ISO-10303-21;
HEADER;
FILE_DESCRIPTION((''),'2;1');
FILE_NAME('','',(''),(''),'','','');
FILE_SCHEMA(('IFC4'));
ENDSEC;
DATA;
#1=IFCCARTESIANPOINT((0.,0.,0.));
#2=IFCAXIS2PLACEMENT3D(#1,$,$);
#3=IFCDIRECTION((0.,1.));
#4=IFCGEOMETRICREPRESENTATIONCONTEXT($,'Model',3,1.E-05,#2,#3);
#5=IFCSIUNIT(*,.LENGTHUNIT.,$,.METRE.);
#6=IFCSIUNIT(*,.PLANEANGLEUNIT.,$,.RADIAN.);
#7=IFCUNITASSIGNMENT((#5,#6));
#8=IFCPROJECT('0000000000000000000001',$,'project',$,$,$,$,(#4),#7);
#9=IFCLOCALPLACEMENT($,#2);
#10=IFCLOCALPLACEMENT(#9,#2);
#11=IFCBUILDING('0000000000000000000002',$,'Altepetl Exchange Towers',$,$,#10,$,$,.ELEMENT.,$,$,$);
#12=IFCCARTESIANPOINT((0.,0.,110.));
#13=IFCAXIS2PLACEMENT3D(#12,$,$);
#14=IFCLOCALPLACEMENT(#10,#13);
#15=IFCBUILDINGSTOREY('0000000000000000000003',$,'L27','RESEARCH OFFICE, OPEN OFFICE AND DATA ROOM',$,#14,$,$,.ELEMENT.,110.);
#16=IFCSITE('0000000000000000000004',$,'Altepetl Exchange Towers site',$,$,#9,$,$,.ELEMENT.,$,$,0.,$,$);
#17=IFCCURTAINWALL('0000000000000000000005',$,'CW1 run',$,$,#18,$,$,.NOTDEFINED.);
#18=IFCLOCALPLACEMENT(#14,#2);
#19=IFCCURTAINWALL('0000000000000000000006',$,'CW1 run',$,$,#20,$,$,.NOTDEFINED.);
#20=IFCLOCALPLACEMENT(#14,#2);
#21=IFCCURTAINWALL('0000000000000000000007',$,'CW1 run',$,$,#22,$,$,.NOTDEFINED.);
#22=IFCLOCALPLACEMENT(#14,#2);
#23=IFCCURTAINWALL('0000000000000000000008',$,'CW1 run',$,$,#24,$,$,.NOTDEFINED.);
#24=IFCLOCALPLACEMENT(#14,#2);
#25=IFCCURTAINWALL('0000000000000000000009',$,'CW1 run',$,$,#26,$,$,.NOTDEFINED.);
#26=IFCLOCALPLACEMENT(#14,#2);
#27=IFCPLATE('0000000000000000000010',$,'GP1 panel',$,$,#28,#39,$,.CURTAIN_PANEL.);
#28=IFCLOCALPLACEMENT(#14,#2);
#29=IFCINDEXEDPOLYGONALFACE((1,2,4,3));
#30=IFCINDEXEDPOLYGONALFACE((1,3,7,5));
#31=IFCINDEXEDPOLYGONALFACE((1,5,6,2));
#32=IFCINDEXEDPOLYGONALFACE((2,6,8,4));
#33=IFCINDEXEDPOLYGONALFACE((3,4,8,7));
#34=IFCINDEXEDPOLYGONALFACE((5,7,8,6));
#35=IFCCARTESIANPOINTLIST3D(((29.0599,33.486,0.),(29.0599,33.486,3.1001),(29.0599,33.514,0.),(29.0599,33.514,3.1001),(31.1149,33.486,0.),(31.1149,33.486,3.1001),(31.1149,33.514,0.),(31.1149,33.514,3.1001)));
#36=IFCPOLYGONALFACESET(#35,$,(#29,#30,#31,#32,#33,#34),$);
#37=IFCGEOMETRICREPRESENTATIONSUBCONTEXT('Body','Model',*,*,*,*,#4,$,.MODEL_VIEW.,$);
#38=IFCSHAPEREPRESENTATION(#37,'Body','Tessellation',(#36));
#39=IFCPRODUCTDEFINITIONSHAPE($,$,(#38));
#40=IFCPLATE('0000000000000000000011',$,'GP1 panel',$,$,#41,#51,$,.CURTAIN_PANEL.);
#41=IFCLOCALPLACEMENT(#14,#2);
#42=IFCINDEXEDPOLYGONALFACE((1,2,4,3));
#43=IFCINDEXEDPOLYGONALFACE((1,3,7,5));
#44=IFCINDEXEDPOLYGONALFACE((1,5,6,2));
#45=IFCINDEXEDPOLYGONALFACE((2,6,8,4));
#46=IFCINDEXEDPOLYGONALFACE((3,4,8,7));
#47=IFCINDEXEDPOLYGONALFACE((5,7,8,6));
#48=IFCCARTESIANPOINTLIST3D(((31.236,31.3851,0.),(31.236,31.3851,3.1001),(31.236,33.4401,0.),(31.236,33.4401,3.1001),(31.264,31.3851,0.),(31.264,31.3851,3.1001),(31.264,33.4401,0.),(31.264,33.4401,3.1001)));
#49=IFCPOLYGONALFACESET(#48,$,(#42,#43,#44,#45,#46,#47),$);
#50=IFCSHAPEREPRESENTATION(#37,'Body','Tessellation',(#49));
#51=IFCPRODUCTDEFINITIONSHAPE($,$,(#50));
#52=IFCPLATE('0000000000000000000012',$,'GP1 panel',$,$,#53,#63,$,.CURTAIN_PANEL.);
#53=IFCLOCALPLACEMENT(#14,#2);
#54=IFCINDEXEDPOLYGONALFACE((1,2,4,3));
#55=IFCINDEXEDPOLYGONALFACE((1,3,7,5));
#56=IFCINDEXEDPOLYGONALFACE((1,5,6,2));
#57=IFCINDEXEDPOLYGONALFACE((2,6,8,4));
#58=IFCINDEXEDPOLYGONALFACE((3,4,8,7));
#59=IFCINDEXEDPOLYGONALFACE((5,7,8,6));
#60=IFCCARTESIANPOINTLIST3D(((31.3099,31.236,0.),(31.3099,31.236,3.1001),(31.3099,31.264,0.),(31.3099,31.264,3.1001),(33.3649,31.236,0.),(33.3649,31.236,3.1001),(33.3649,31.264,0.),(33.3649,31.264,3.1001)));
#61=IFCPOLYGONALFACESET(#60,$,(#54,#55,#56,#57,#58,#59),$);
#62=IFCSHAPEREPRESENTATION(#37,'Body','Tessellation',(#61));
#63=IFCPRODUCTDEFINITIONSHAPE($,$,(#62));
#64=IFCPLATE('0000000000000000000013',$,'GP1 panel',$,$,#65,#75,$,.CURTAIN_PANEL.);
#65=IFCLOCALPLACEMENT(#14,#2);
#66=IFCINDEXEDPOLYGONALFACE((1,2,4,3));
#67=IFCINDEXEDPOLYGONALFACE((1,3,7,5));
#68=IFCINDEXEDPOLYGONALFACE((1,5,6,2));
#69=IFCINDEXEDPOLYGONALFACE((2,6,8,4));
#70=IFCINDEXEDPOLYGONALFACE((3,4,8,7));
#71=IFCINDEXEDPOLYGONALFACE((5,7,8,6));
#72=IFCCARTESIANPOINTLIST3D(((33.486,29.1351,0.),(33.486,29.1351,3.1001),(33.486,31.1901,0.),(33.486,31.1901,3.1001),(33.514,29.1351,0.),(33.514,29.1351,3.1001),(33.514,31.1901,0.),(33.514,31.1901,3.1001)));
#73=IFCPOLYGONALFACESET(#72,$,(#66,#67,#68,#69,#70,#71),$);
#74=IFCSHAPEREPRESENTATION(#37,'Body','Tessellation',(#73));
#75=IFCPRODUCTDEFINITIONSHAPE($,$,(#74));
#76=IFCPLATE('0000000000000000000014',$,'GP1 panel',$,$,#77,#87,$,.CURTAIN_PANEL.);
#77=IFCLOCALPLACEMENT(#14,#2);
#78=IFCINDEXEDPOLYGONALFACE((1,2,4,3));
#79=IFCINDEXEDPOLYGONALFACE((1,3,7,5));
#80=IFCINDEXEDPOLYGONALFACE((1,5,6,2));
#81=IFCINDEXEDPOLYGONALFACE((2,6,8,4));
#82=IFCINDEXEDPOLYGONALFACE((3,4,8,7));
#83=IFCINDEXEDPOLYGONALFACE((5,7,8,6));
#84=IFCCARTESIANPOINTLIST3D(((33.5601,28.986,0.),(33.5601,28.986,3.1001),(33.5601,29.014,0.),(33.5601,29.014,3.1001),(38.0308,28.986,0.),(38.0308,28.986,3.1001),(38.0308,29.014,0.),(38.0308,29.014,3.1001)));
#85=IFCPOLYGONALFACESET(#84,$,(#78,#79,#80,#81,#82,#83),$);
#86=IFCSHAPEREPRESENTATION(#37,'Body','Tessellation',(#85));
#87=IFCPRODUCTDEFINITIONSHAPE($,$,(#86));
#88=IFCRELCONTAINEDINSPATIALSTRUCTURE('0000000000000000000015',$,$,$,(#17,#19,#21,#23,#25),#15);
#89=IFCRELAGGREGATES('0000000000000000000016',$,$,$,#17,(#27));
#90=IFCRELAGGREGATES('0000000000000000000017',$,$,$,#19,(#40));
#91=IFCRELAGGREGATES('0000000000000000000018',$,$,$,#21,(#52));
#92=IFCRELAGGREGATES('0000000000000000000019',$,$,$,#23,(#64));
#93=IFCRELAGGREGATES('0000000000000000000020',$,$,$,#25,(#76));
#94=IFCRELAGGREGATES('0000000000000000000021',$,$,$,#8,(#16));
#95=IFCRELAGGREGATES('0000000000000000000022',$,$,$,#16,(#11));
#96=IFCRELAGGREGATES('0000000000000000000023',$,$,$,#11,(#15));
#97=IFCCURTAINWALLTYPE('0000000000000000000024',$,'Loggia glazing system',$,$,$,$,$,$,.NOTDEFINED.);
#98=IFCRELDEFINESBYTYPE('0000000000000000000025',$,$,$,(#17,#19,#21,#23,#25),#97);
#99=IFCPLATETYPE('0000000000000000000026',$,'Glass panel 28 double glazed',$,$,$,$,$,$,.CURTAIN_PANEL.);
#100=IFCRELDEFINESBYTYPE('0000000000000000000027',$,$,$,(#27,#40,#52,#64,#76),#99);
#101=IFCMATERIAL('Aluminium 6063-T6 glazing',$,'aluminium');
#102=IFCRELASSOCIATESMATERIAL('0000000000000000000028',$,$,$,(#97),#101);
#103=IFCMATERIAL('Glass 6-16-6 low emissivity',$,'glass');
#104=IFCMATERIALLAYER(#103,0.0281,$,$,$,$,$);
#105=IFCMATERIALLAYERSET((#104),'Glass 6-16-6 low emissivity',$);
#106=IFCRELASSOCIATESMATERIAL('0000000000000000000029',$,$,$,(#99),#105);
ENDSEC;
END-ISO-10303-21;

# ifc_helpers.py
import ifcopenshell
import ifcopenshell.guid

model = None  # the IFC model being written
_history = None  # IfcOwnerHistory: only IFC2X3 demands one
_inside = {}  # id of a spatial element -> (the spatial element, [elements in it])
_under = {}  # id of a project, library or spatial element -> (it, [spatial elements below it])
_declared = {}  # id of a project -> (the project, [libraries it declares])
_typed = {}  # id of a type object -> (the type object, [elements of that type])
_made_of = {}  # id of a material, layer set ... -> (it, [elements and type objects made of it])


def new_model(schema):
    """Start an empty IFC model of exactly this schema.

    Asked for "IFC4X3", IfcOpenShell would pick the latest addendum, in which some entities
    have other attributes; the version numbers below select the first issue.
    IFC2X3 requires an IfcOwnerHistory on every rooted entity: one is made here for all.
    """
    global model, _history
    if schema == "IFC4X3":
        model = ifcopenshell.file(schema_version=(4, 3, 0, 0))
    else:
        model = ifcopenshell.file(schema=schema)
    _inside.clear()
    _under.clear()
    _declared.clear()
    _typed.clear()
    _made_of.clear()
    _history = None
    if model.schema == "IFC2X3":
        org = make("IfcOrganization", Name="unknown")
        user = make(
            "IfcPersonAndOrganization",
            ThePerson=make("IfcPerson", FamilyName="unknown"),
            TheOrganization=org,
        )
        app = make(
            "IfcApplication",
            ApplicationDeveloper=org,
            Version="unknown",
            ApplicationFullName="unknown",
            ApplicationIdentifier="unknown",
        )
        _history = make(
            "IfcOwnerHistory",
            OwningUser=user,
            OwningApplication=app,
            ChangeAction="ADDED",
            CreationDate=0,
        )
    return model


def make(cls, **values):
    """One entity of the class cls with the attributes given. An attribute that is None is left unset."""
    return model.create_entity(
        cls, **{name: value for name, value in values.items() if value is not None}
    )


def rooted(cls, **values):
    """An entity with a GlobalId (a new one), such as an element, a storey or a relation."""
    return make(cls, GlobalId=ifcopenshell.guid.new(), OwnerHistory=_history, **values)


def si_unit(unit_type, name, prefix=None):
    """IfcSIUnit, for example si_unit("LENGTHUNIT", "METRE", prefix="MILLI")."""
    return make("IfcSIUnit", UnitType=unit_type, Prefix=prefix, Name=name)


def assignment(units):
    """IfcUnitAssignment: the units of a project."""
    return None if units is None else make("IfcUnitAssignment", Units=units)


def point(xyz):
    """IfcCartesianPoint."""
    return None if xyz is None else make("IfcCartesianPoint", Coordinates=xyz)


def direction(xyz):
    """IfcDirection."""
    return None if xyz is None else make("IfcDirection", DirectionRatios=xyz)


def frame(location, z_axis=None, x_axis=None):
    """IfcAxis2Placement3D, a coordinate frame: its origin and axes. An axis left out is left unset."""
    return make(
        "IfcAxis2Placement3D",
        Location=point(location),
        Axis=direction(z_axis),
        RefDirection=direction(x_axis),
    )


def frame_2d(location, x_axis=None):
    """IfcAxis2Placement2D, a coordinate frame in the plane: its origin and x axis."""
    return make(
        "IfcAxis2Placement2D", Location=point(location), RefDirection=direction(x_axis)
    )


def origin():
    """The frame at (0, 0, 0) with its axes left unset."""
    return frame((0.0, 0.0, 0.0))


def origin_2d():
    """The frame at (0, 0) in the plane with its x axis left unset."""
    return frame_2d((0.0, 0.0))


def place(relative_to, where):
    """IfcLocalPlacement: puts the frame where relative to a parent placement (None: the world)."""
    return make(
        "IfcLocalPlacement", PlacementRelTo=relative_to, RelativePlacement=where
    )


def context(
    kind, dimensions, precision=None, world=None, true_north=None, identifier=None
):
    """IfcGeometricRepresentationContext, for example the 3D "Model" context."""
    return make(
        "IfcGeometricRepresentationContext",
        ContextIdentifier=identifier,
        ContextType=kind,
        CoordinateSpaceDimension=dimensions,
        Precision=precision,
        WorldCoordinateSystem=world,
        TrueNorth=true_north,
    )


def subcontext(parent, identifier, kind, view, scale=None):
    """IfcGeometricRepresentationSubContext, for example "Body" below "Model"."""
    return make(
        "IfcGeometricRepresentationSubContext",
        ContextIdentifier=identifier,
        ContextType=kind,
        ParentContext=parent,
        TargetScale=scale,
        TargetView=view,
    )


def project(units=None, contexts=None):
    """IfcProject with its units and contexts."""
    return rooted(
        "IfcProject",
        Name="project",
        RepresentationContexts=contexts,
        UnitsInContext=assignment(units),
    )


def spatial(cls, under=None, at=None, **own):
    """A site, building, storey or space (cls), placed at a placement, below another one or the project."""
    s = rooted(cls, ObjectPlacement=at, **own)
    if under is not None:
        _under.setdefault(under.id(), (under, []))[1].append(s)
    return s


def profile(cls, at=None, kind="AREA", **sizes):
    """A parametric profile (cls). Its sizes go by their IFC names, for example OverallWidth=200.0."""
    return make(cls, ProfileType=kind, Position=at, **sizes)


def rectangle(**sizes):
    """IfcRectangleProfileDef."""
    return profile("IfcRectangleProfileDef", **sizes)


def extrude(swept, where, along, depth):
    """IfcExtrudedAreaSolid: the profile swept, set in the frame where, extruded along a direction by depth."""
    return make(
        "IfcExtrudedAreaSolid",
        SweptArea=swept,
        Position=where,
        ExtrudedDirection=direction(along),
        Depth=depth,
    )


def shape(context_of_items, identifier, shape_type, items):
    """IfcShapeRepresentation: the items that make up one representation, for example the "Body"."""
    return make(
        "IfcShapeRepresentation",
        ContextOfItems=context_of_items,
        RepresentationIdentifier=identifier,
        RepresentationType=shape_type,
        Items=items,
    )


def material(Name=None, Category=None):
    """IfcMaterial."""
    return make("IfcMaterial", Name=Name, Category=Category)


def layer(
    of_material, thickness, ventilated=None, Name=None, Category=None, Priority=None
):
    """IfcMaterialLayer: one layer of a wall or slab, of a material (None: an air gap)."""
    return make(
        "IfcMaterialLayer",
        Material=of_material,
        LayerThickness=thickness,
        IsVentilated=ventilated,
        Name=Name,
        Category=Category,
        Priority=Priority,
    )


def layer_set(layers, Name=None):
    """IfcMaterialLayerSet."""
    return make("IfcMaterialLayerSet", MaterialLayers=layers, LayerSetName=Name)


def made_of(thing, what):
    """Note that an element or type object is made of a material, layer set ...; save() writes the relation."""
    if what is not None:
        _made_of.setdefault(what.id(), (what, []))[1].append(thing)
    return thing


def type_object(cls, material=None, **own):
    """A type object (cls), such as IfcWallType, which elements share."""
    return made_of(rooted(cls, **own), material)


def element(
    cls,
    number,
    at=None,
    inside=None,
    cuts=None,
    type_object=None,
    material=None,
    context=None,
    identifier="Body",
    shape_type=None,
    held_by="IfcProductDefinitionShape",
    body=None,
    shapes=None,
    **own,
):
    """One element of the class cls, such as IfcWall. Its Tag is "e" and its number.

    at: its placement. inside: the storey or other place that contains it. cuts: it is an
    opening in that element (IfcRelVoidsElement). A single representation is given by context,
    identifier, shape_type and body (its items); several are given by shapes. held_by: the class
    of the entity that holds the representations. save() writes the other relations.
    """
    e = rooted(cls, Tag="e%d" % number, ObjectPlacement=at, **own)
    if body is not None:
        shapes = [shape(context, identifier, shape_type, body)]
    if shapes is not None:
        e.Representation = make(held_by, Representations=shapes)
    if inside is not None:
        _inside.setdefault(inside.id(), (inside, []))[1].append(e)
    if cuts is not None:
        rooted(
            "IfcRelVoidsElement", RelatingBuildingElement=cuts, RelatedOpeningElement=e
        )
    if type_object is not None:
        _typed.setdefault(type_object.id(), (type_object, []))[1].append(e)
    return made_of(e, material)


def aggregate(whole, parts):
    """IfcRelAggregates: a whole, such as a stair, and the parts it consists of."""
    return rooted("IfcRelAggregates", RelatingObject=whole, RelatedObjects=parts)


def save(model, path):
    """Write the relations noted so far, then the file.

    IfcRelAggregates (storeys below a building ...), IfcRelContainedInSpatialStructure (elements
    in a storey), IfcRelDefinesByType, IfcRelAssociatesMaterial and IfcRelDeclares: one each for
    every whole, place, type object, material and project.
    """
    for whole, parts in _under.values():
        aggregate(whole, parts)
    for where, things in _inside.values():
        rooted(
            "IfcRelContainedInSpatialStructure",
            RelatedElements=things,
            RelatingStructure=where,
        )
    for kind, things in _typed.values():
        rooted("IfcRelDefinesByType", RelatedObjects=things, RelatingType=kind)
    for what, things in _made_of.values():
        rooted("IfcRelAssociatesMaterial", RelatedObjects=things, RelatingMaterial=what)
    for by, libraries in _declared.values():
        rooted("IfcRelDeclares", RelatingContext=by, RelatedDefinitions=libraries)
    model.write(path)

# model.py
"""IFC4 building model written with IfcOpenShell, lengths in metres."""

from ifc_helpers import new_model, si_unit, direction, frame, origin, origin_2d, place, context, subcontext, project, spatial, rectangle, extrude, material, layer, layer_set, type_object, element, aggregate, save


model = new_model("IFC4")

# Units and contexts
model_context = context("Model", 3, precision=1e-05, world=origin(), true_north=direction((0.0, 1.0)))
body_context = subcontext(model_context, "Body", "Model", "MODEL_VIEW")
ifc_project = project(units=[si_unit("LENGTHUNIT", "METRE"), si_unit("PLANEANGLEUNIT", "RADIAN")], contexts=[model_context])

# Site, building, storey
site_placement = place(None, origin())
site = spatial("IfcSite", under=ifc_project, at=site_placement, Name="Altepetl Exchange Towers site", CompositionType="ELEMENT", RefElevation=0.0)
building_placement = place(site_placement, origin())
building = spatial("IfcBuilding", under=site, at=building_placement, Name="Altepetl Exchange Towers", CompositionType="ELEMENT")
storey_placement = place(building_placement, frame((0.0, 0.0, 110.0)))
storey = spatial("IfcBuildingStorey", under=building, at=storey_placement, Name="L27", Description="RESEARCH OFFICE, OPEN OFFICE AND DATA ROOM", CompositionType="ELEMENT", Elevation=110.0)

# Curtain walls
ifc_material_1 = material(Name="Aluminium 6063-T6 glazing", Category="aluminium")
curtain_wall_type = type_object("IfcCurtainWallType", Name="Loggia glazing system", PredefinedType="NOTDEFINED", material=ifc_material_1)
curtain_wall_1_placement = place(storey_placement, origin())
curtain_wall_1 = element("IfcCurtainWall", 1, at=curtain_wall_1_placement, inside=storey, type_object=curtain_wall_type, Name="CW1 run", PredefinedType="NOTDEFINED")
curtain_wall_2_placement = place(storey_placement, origin())
curtain_wall_2 = element("IfcCurtainWall", 2, at=curtain_wall_2_placement, inside=storey, type_object=curtain_wall_type, Name="CW1 run", PredefinedType="NOTDEFINED")
curtain_wall_3_placement = place(storey_placement, origin())
curtain_wall_3 = element("IfcCurtainWall", 3, at=curtain_wall_3_placement, inside=storey, type_object=curtain_wall_type, Name="CW1 run", PredefinedType="NOTDEFINED")
curtain_wall_4_placement = place(storey_placement, origin())
curtain_wall_4 = element("IfcCurtainWall", 4, at=curtain_wall_4_placement, inside=storey, type_object=curtain_wall_type, Name="CW1 run", PredefinedType="NOTDEFINED")

# Curtain wall
curtain_wall_5_placement = place(storey_placement, origin())
curtain_wall_5 = element("IfcCurtainWall", 5, at=curtain_wall_5_placement, inside=storey, type_object=curtain_wall_type, Name="CW1 run", PredefinedType="NOTDEFINED")

# Plates
ifc_material_2 = material(Name="Glass 6-16-6 low emissivity", Category="glass")
ifc_layer = layer(ifc_material_2, 0.0281)
ifc_layer_set = layer_set([ifc_layer], Name="Glass 6-16-6 low emissivity")
plate_type = type_object("IfcPlateType", Name="Glass panel 28 double glazed", PredefinedType="CURTAIN_PANEL", material=ifc_layer_set)
plate_1_placement = place(storey_placement, frame((30.0874, 33.5, 0.0)))
plate_1 = element("IfcPlate", 6, at=plate_1_placement, type_object=plate_type, Name="GP1 panel", PredefinedType="CURTAIN_PANEL", context=body_context, shape_type="SweptSolid", body=[
    extrude(rectangle(XDim=2.0549, YDim=0.0281, at=origin_2d()), origin(), (0.0, 0.0, 1.0), 3.1001),
])
aggregate(curtain_wall_1, [plate_1])
plate_2_placement = place(storey_placement, frame((31.25, 32.4126, 0.0), z_axis=(0.0, 0.0, 1.0), x_axis=(0.0, -1.0, 0.0)))
plate_2 = element("IfcPlate", 7, at=plate_2_placement, type_object=plate_type, Name="GP1 panel", PredefinedType="CURTAIN_PANEL", context=body_context, shape_type="SweptSolid", body=[
    extrude(rectangle(XDim=2.0549, YDim=0.0281, at=origin_2d()), origin(), (0.0, 0.0, 1.0), 3.1001),
])
aggregate(curtain_wall_2, [plate_2])
plate_3_placement = place(storey_placement, frame((32.3374, 31.25, 0.0)))
plate_3 = element("IfcPlate", 8, at=plate_3_placement, type_object=plate_type, Name="GP1 panel", PredefinedType="CURTAIN_PANEL", context=body_context, shape_type="SweptSolid", body=[
    extrude(rectangle(XDim=2.0549, YDim=0.0281, at=origin_2d()), origin(), (0.0, 0.0, 1.0), 3.1001),
])
aggregate(curtain_wall_3, [plate_3])
plate_4_placement = place(storey_placement, frame((33.5, 30.1626, 0.0), z_axis=(0.0, 0.0, 1.0), x_axis=(0.0, -1.0, 0.0)))
plate_4 = element("IfcPlate", 9, at=plate_4_placement, type_object=plate_type, Name="GP1 panel", PredefinedType="CURTAIN_PANEL", context=body_context, shape_type="SweptSolid", body=[
    extrude(rectangle(XDim=2.0549, YDim=0.0281, at=origin_2d()), origin(), (0.0, 0.0, 1.0), 3.1001),
])
aggregate(curtain_wall_4, [plate_4])
plate_5_placement = place(storey_placement, frame((35.7954, 29.0, 0.0)))
plate_5 = element("IfcPlate", 10, at=plate_5_placement, type_object=plate_type, Name="GP1 panel", PredefinedType="CURTAIN_PANEL", context=body_context, shape_type="SweptSolid", body=[
    extrude(rectangle(XDim=4.4707, YDim=0.0281, at=origin_2d()), origin(), (0.0, 0.0, 1.0), 3.1001),
])
aggregate(curtain_wall_5, [plate_5])

save(model, "model.ifc")
